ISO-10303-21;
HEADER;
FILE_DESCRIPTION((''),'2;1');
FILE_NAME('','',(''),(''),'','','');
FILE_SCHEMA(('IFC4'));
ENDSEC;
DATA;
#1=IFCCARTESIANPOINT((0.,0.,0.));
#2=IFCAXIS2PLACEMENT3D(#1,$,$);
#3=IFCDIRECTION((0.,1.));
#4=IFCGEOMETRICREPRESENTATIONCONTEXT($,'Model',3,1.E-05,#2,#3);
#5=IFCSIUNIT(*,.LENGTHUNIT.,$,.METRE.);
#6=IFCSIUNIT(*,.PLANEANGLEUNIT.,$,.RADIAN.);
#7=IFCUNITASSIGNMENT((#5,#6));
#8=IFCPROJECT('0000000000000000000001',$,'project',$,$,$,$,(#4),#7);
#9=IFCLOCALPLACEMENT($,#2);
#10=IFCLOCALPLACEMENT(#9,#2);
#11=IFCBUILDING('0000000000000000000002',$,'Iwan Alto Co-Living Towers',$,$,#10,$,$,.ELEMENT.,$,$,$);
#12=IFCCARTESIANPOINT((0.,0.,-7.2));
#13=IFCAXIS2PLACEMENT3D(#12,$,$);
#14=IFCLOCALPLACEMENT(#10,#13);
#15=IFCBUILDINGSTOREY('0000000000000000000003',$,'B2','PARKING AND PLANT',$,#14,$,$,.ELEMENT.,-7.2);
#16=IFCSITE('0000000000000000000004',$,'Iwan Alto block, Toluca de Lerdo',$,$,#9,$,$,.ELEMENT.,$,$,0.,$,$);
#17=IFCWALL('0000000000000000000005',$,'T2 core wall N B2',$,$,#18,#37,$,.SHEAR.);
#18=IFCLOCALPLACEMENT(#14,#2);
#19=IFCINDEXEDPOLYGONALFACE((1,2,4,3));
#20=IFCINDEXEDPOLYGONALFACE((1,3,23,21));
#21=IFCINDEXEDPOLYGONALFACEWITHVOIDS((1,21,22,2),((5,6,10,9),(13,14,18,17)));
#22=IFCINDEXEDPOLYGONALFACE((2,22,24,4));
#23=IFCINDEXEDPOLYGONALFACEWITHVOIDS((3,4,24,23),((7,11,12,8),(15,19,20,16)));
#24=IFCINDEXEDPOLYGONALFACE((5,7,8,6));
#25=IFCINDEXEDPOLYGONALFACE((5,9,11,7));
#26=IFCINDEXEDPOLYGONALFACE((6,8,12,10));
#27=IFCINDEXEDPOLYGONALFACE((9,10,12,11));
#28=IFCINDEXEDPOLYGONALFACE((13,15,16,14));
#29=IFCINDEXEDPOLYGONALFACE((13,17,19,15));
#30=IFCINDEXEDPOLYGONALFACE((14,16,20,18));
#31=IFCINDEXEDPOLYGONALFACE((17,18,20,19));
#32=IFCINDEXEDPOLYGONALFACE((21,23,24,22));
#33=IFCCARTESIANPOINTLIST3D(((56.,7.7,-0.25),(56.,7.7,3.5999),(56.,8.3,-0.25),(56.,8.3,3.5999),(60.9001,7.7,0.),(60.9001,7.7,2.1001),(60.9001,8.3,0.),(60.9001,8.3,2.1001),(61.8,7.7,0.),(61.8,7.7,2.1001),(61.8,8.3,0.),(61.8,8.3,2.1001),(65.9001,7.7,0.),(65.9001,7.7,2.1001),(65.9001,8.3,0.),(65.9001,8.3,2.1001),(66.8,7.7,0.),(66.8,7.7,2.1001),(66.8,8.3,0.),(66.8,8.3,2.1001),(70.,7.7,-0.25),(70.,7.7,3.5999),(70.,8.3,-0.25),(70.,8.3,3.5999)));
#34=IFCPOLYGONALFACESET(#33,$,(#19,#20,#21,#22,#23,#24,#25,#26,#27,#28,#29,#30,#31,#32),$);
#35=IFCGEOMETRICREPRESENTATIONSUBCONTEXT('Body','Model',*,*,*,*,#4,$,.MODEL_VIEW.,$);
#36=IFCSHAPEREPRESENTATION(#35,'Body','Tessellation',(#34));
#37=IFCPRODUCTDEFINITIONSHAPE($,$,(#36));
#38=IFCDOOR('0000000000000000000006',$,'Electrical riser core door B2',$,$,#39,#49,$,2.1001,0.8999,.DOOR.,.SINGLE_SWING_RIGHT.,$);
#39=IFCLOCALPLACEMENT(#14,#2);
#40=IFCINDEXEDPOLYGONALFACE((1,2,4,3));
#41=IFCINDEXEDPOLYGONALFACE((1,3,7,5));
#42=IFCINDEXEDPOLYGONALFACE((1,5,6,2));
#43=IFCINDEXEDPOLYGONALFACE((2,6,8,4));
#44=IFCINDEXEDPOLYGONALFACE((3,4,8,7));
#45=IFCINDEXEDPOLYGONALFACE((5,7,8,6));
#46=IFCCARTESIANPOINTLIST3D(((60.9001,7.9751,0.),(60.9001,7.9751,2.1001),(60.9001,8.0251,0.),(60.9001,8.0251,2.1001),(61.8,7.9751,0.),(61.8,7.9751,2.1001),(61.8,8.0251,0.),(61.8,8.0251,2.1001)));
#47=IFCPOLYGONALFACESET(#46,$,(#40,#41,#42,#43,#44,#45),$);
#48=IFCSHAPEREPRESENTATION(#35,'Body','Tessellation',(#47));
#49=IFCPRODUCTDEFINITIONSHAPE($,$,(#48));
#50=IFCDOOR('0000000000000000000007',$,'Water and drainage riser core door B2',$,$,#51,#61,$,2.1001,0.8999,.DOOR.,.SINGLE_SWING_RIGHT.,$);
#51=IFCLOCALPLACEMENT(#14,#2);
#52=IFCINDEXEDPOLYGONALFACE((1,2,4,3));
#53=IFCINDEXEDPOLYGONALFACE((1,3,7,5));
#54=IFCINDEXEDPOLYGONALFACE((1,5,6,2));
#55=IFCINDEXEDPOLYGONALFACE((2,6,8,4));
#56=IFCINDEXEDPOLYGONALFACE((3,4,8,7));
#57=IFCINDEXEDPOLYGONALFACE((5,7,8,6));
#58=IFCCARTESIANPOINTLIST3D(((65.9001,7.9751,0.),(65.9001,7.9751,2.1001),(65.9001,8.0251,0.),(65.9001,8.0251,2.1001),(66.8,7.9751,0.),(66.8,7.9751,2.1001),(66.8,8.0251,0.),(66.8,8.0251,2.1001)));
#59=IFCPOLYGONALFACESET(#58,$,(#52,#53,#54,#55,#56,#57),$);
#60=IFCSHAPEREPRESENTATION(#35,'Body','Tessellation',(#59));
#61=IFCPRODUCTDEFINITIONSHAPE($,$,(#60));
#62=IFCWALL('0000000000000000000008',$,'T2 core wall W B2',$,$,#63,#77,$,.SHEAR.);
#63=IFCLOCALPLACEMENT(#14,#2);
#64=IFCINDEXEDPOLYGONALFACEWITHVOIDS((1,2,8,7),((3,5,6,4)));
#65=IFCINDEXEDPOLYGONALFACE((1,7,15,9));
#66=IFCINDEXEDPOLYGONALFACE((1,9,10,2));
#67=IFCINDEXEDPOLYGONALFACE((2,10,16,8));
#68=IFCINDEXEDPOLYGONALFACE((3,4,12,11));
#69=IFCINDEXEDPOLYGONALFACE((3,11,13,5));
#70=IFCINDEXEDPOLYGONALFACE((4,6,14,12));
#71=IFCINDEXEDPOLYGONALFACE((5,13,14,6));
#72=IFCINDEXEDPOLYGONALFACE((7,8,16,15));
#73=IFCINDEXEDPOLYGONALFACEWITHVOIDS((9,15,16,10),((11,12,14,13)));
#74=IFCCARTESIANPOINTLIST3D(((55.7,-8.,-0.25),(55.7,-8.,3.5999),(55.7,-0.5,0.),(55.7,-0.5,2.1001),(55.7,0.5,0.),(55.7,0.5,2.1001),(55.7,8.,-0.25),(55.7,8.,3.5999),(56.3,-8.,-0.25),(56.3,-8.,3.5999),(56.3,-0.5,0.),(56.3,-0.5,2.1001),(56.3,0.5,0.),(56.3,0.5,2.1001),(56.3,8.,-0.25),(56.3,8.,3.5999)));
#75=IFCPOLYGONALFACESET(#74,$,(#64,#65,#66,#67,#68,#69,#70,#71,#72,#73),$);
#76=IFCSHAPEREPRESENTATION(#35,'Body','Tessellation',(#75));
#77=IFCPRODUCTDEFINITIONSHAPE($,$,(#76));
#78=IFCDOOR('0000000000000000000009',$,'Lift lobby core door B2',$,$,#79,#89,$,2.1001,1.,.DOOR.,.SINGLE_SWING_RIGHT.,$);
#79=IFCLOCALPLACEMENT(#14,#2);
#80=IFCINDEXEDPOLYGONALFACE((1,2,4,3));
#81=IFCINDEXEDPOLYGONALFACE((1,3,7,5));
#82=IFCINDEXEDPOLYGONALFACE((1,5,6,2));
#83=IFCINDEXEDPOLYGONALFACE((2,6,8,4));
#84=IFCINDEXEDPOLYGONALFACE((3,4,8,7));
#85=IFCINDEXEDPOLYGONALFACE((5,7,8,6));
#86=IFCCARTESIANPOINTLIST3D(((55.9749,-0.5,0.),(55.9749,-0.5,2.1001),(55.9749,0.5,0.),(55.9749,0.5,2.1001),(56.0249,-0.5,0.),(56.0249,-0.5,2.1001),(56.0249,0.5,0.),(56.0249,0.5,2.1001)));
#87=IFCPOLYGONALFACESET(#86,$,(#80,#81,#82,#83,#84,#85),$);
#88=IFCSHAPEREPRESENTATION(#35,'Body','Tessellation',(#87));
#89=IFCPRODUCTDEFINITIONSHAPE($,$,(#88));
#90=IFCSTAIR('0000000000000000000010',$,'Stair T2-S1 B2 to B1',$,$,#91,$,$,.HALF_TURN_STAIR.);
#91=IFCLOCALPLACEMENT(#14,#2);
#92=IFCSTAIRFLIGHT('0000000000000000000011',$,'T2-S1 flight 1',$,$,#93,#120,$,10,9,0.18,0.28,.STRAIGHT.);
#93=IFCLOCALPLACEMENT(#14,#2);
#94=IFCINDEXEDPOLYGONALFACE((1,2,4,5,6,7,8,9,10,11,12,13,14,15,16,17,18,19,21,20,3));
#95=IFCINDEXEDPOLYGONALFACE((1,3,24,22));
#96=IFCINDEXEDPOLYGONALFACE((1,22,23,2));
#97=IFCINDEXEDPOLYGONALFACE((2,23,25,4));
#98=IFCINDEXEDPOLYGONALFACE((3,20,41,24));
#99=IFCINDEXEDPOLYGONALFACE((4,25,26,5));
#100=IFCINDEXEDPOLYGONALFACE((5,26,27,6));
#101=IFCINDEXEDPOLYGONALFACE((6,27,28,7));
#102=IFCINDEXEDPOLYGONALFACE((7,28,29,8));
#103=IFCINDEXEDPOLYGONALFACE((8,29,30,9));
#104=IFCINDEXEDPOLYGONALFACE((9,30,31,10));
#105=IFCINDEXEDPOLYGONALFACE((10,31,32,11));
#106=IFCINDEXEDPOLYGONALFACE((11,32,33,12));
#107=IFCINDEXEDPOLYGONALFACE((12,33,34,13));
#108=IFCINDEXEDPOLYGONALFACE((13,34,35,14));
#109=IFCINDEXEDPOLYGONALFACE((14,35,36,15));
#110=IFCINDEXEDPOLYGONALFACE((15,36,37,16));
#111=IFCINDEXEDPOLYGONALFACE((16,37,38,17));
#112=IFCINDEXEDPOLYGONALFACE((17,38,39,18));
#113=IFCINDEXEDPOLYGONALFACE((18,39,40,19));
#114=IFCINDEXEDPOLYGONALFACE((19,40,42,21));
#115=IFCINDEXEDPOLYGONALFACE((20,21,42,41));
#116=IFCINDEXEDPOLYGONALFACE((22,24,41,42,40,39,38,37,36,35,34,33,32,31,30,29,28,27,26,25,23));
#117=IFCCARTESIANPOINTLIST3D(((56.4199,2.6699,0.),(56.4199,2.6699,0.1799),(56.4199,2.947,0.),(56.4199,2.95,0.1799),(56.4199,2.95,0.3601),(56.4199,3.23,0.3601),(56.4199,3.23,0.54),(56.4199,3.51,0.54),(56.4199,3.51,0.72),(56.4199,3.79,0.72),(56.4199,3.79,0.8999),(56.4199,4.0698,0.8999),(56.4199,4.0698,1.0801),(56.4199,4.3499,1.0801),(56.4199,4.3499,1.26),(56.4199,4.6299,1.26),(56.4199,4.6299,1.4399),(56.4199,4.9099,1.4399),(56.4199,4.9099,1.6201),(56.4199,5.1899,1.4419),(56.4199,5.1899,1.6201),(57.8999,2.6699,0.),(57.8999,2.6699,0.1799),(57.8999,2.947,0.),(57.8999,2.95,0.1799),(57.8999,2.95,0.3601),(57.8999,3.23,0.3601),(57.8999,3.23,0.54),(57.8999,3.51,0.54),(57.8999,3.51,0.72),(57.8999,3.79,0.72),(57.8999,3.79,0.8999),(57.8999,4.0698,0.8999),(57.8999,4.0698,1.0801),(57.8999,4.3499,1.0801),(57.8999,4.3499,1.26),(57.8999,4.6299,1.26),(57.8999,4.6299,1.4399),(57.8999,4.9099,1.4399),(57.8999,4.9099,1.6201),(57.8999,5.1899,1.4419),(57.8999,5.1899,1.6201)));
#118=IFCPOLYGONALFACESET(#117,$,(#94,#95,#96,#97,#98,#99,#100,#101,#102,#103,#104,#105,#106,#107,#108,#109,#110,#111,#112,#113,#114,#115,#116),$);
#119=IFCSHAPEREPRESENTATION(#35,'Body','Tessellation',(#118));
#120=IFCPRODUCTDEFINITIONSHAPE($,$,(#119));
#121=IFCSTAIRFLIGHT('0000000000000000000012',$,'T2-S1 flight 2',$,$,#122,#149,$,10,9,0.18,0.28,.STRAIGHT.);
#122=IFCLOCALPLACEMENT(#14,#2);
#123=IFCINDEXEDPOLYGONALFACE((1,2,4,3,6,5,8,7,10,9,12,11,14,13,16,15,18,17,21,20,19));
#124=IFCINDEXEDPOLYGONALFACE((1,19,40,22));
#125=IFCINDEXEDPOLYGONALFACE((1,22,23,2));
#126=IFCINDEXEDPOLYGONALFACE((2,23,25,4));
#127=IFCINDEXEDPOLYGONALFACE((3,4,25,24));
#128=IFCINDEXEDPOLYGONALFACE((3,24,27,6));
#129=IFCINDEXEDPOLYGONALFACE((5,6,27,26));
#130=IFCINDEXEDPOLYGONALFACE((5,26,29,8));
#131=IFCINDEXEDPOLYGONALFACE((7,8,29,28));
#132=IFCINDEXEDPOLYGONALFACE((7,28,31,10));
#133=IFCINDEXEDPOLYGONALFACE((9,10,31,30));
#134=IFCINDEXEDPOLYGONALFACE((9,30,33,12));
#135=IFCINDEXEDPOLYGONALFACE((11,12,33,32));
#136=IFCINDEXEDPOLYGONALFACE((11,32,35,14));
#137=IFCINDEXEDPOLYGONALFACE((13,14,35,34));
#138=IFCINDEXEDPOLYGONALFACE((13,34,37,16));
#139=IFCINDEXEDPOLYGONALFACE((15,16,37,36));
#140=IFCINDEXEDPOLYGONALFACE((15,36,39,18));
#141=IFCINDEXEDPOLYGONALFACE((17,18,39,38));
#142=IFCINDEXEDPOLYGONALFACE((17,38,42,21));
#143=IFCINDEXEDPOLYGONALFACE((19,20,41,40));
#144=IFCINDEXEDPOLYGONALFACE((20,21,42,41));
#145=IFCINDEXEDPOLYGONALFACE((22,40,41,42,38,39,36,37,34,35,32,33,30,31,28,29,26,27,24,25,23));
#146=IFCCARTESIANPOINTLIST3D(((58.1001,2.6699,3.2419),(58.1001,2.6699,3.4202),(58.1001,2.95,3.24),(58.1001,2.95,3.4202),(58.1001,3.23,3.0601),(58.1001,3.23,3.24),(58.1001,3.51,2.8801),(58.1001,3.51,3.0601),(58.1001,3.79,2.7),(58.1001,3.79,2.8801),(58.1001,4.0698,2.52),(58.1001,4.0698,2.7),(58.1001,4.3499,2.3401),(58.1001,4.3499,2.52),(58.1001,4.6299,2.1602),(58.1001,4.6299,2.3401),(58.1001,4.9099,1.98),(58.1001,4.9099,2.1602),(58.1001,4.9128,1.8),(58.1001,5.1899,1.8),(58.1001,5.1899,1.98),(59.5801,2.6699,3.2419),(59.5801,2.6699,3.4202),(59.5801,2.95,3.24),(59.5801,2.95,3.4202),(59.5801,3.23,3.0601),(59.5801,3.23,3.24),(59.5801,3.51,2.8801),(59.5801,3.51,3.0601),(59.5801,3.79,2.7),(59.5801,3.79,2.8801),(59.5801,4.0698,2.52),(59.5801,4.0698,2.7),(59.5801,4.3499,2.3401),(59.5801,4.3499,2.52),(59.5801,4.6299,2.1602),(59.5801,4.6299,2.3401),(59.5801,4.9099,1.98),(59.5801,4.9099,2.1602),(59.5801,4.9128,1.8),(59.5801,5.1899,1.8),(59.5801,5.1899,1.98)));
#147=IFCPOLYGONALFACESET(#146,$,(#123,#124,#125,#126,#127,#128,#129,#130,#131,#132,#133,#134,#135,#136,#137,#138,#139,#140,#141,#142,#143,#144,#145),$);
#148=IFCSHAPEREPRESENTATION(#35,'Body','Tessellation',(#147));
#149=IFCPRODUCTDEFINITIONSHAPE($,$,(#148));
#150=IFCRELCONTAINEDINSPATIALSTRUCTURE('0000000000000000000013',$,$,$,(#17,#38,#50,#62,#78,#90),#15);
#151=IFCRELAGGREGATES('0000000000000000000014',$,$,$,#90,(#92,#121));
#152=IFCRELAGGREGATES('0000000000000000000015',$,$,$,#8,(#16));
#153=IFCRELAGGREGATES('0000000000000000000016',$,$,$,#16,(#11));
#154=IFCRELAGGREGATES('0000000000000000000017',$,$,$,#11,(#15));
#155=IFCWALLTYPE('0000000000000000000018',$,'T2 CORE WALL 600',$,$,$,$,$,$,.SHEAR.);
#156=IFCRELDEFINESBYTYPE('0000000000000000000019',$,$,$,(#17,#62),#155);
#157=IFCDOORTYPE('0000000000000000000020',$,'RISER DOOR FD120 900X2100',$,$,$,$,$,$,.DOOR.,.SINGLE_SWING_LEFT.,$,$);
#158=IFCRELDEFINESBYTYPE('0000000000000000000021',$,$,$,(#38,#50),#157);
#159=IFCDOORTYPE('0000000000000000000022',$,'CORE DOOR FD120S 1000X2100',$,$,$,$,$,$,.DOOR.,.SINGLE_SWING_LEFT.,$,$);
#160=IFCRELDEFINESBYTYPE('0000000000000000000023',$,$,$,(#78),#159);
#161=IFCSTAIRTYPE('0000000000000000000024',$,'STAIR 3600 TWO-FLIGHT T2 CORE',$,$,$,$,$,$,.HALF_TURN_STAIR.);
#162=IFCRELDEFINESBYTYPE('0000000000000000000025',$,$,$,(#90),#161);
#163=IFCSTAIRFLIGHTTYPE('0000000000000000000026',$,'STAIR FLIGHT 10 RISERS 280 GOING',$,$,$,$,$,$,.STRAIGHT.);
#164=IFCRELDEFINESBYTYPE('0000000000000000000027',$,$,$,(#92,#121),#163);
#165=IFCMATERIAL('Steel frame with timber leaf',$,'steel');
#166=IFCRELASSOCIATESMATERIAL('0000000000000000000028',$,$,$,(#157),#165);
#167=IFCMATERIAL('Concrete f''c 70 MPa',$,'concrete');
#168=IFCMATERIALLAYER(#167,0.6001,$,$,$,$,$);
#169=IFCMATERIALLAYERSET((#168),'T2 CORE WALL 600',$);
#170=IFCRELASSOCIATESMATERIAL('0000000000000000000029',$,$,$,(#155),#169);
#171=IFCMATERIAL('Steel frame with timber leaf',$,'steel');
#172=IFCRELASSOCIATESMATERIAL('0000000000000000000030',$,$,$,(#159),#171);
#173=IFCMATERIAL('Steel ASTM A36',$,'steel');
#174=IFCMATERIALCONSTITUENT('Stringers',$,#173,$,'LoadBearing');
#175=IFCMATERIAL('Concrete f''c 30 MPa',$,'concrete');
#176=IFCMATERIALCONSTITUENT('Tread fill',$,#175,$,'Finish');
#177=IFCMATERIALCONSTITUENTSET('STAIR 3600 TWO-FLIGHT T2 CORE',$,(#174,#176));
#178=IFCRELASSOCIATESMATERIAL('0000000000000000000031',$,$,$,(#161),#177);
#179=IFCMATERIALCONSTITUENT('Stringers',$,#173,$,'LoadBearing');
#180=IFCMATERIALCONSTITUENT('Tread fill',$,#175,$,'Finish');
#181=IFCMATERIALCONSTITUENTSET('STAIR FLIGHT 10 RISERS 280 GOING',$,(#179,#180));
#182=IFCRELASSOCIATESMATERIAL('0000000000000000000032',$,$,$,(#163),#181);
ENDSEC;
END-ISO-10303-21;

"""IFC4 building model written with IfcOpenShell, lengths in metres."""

from ifc_helpers import new_model, si_unit, direction, frame, frame_2d, origin, place, context, subcontext, project, spatial, polyline, rectangle, outline, extrude, material, layer, layer_set, constituent, constituent_set, type_object, element, fill, aggregate, save


model = new_model("IFC4")

# Units and contexts
model_context = context("Model", 3, precision=1e-05, world=origin(), true_north=direction((0.0, 1.0)))
body_context = subcontext(model_context, "Body", "Model", "MODEL_VIEW")
ifc_project = project(units=[si_unit("LENGTHUNIT", "METRE"), si_unit("PLANEANGLEUNIT", "RADIAN")], contexts=[model_context])

# Site, building, storey
site_placement = place(None, origin())
site = spatial("IfcSite", under=ifc_project, at=site_placement, Name="Iwan Alto block, Toluca de Lerdo", CompositionType="ELEMENT", RefElevation=0.0)
building_placement = place(site_placement, origin())
building = spatial("IfcBuilding", under=site, at=building_placement, Name="Iwan Alto Co-Living Towers", CompositionType="ELEMENT")
storey_placement = place(building_placement, frame((0.0, 0.0, -7.2)))
storey = spatial("IfcBuildingStorey", under=building, at=storey_placement, Name="B2", Description="PARKING AND PLANT", CompositionType="ELEMENT", Elevation=-7.2)

# Shared definitions
ifc_material_1 = material(Name="Steel frame with timber leaf", Category="steel")
door_type_1 = type_object("IfcDoorType", Name="RISER DOOR FD120 900X2100", OperationType="SINGLE_SWING_LEFT", PredefinedType="DOOR", material=ifc_material_1)

# Wall, openings, doors
ifc_material_2 = material(Name="Concrete f'c 70 MPa", Category="concrete")
ifc_layer_1 = layer(ifc_material_2, 0.6001)
ifc_layer_set_1 = layer_set([ifc_layer_1], Name="T2 CORE WALL 600")
wall_type_1 = type_object("IfcWallType", Name="T2 CORE WALL 600", PredefinedType="SHEAR", material=ifc_layer_set_1)
wall_1_placement = place(storey_placement, frame((70.0, 8.0, -0.25), z_axis=(0.0, 0.0, 1.0), x_axis=(-1.0, 0.0, 0.0)))
wall_1 = element("IfcWall", 1, at=wall_1_placement, inside=storey, type_object=wall_type_1, Name="T2 core wall N B2", PredefinedType="SHEAR", context=body_context, shape_type="SweptSolid", body=[
    extrude(rectangle(XDim=14.0, YDim=0.6001, at=frame_2d((7.0, 0.0))), origin(), (0.0, 0.0, 1.0), 3.8499),
])
opening_1_placement = place(wall_1_placement, frame((8.2, 0.0, 0.25)))
opening_1 = element("IfcOpeningElement", 2, at=opening_1_placement, cuts=wall_1, PredefinedType="OPENING", context=body_context, shape_type="SweptSolid", body=[
    extrude(rectangle(XDim=0.8999, YDim=2.1001, at=frame_2d((0.45, 1.05))), frame((0.0, 0.3101, 0.0), z_axis=(0.0, -1.0, 0.0), x_axis=(1.0, 0.0, 0.0)), (0.0, 0.0, 1.0), 0.6201),
])
opening_2_placement = place(wall_1_placement, frame((3.2, 0.0, 0.25)))
opening_2 = element("IfcOpeningElement", 3, at=opening_2_placement, cuts=wall_1, PredefinedType="OPENING", context=body_context, shape_type="SweptSolid", body=[
    extrude(rectangle(XDim=0.8999, YDim=2.1001, at=frame_2d((0.45, 1.05))), frame((0.0, 0.3101, 0.0), z_axis=(0.0, -1.0, 0.0), x_axis=(1.0, 0.0, 0.0)), (0.0, 0.0, 1.0), 0.6201),
])
door_1_placement = place(opening_1_placement, origin())
door_1 = element("IfcDoor", 4, at=door_1_placement, inside=storey, type_object=door_type_1, Name="Electrical riser core door B2", OperationType="SINGLE_SWING_RIGHT", OverallHeight=2.1001, OverallWidth=0.8999, PredefinedType="DOOR", context=body_context, shape_type="SweptSolid", body=[
    extrude(rectangle(XDim=0.8999, YDim=2.1001, at=frame_2d((0.45, 1.05))), frame((0.0, 0.0249, 0.0), z_axis=(0.0, -1.0, 0.0), x_axis=(1.0, 0.0, 0.0)), (0.0, 0.0, 1.0), 0.05),
])
fill(opening_1, door_1)
door_2_placement = place(opening_2_placement, origin())
door_2 = element("IfcDoor", 5, at=door_2_placement, inside=storey, type_object=door_type_1, Name="Water and drainage riser core door B2", OperationType="SINGLE_SWING_RIGHT", OverallHeight=2.1001, OverallWidth=0.8999, PredefinedType="DOOR", context=body_context, shape_type="SweptSolid", body=[
    extrude(rectangle(XDim=0.8999, YDim=2.1001, at=frame_2d((0.45, 1.05))), frame((0.0, 0.0249, 0.0), z_axis=(0.0, -1.0, 0.0), x_axis=(1.0, 0.0, 0.0)), (0.0, 0.0, 1.0), 0.05),
])
fill(opening_2, door_2)

# Wall, opening, door
wall_2_placement = place(storey_placement, frame((56.0, 8.0, -0.25), z_axis=(0.0, 0.0, 1.0), x_axis=(0.0, -1.0, 0.0)))
wall_2 = element("IfcWall", 6, at=wall_2_placement, inside=storey, type_object=wall_type_1, Name="T2 core wall W B2", PredefinedType="SHEAR", context=body_context, shape_type="SweptSolid", body=[
    extrude(rectangle(XDim=16.0, YDim=0.6001, at=frame_2d((8.0, 0.0))), origin(), (0.0, 0.0, 1.0), 3.8499),
])
opening_3_placement = place(wall_2_placement, frame((7.5, 0.0, 0.25)))
opening_3 = element("IfcOpeningElement", 7, at=opening_3_placement, cuts=wall_2, PredefinedType="OPENING", context=body_context, shape_type="SweptSolid", body=[
    extrude(rectangle(XDim=1.0, YDim=2.1001, at=frame_2d((0.5, 1.05))), frame((0.0, 0.3101, 0.0), z_axis=(0.0, -1.0, 0.0), x_axis=(1.0, 0.0, 0.0)), (0.0, 0.0, 1.0), 0.6201),
])
ifc_material_3 = material(Name="Steel frame with timber leaf", Category="steel")
door_type_2 = type_object("IfcDoorType", Name="CORE DOOR FD120S 1000X2100", OperationType="SINGLE_SWING_LEFT", PredefinedType="DOOR", material=ifc_material_3)
door_3_placement = place(opening_3_placement, origin())
door_3 = element("IfcDoor", 8, at=door_3_placement, inside=storey, type_object=door_type_2, Name="Lift lobby core door B2", OperationType="SINGLE_SWING_RIGHT", OverallHeight=2.1001, OverallWidth=1.0, PredefinedType="DOOR", context=body_context, shape_type="SweptSolid", body=[
    extrude(rectangle(XDim=1.0, YDim=2.1001, at=frame_2d((0.5, 1.05))), frame((0.0, 0.0249, 0.0), z_axis=(0.0, -1.0, 0.0), x_axis=(1.0, 0.0, 0.0)), (0.0, 0.0, 1.0), 0.05),
])
fill(opening_3, door_3)

# Stair, stair flights
ifc_material_4 = material(Name="Steel ASTM A36", Category="steel")
ifc_constituent_1 = constituent(ifc_material_4, Name="Stringers", Category="LoadBearing")
ifc_material_5 = material(Name="Concrete f'c 30 MPa", Category="concrete")
ifc_constituent_2 = constituent(ifc_material_5, Name="Tread fill", Category="Finish")
ifc_constituent_set_1 = constituent_set(constituents=[ifc_constituent_1, ifc_constituent_2], Name="STAIR 3600 TWO-FLIGHT T2 CORE")
stair_type = type_object("IfcStairType", Name="STAIR 3600 TWO-FLIGHT T2 CORE", PredefinedType="HALF_TURN_STAIR", material=ifc_constituent_set_1)
stair_placement = place(storey_placement, origin())
stair = element("IfcStair", 9, at=stair_placement, inside=storey, type_object=stair_type, Name="Stair T2-S1 B2 to B1", PredefinedType="HALF_TURN_STAIR")
ifc_constituent_3 = constituent(ifc_material_4, Name="Stringers", Category="LoadBearing")
ifc_constituent_4 = constituent(ifc_material_5, Name="Tread fill", Category="Finish")
ifc_constituent_set_2 = constituent_set(constituents=[ifc_constituent_3, ifc_constituent_4], Name="STAIR FLIGHT 10 RISERS 280 GOING")
stair_flight_type = type_object("IfcStairFlightType", Name="STAIR FLIGHT 10 RISERS 280 GOING", PredefinedType="STRAIGHT", material=ifc_constituent_set_2)
stair_flight_1_placement = place(storey_placement, frame((57.1599, 2.6699, 0.0), z_axis=(0.0, 0.0, 1.0), x_axis=(0.0, 1.0, 0.0)))
stair_flight_1 = element("IfcStairFlight", 10, at=stair_flight_1_placement, type_object=stair_flight_type, Name="T2-S1 flight 1", NumberOfRisers=10, NumberOfTreads=9, PredefinedType="STRAIGHT", RiserHeight=0.18, TreadLength=0.28, context=body_context, shape_type="SweptSolid", body=[
    extrude(outline(polyline([(0.0, 0.0), (0.0, 0.1799), (0.28, 0.1799), (0.28, 0.3601), (0.5601, 0.3601), (0.5601, 0.54), (0.8401, 0.54), (0.8401, 0.72), (1.1201, 0.72), (1.1201, 0.8999), (1.3999, 0.8999), (1.3999, 1.0801), (1.6799, 1.0801), (1.6799, 1.26), (1.96, 1.26), (1.96, 1.4399), (2.24, 1.4399), (2.24, 1.6201), (2.52, 1.6201), (2.52, 1.8), (2.52, 1.4419), (0.2771, 0.0), (0.0, 0.0)])), frame((0.0, 0.74, 0.0), z_axis=(0.0, -1.0, 0.0), x_axis=(1.0, 0.0, 0.0)), (0.0, 0.0, 1.0), 1.48),
])
stair_flight_2_placement = place(storey_placement, frame((58.8401, 5.1899, 1.8), z_axis=(0.0, 0.0, 1.0), x_axis=(0.0, -1.0, 0.0)))
stair_flight_2 = element("IfcStairFlight", 11, at=stair_flight_2_placement, type_object=stair_flight_type, Name="T2-S1 flight 2", NumberOfRisers=10, NumberOfTreads=9, PredefinedType="STRAIGHT", RiserHeight=0.18, TreadLength=0.28, context=body_context, shape_type="SweptSolid", body=[
    extrude(outline(polyline([(0.0, 0.0), (0.0, 0.1799), (0.28, 0.1799), (0.28, 0.3601), (0.5601, 0.3601), (0.5601, 0.54), (0.8401, 0.54), (0.8401, 0.72), (1.1201, 0.72), (1.1201, 0.8999), (1.3999, 0.8999), (1.3999, 1.0801), (1.6799, 1.0801), (1.6799, 1.26), (1.96, 1.26), (1.96, 1.4399), (2.24, 1.4399), (2.24, 1.6201), (2.52, 1.6201), (2.52, 1.8), (2.52, 1.4419), (0.2771, 0.0), (0.0, 0.0)])), frame((0.0, 0.74, 0.0), z_axis=(0.0, -1.0, 0.0), x_axis=(1.0, 0.0, 0.0)), (0.0, 0.0, 1.0), 1.48),
])
aggregate(stair, [stair_flight_1, stair_flight_2])

save(model, "model.ifc")
